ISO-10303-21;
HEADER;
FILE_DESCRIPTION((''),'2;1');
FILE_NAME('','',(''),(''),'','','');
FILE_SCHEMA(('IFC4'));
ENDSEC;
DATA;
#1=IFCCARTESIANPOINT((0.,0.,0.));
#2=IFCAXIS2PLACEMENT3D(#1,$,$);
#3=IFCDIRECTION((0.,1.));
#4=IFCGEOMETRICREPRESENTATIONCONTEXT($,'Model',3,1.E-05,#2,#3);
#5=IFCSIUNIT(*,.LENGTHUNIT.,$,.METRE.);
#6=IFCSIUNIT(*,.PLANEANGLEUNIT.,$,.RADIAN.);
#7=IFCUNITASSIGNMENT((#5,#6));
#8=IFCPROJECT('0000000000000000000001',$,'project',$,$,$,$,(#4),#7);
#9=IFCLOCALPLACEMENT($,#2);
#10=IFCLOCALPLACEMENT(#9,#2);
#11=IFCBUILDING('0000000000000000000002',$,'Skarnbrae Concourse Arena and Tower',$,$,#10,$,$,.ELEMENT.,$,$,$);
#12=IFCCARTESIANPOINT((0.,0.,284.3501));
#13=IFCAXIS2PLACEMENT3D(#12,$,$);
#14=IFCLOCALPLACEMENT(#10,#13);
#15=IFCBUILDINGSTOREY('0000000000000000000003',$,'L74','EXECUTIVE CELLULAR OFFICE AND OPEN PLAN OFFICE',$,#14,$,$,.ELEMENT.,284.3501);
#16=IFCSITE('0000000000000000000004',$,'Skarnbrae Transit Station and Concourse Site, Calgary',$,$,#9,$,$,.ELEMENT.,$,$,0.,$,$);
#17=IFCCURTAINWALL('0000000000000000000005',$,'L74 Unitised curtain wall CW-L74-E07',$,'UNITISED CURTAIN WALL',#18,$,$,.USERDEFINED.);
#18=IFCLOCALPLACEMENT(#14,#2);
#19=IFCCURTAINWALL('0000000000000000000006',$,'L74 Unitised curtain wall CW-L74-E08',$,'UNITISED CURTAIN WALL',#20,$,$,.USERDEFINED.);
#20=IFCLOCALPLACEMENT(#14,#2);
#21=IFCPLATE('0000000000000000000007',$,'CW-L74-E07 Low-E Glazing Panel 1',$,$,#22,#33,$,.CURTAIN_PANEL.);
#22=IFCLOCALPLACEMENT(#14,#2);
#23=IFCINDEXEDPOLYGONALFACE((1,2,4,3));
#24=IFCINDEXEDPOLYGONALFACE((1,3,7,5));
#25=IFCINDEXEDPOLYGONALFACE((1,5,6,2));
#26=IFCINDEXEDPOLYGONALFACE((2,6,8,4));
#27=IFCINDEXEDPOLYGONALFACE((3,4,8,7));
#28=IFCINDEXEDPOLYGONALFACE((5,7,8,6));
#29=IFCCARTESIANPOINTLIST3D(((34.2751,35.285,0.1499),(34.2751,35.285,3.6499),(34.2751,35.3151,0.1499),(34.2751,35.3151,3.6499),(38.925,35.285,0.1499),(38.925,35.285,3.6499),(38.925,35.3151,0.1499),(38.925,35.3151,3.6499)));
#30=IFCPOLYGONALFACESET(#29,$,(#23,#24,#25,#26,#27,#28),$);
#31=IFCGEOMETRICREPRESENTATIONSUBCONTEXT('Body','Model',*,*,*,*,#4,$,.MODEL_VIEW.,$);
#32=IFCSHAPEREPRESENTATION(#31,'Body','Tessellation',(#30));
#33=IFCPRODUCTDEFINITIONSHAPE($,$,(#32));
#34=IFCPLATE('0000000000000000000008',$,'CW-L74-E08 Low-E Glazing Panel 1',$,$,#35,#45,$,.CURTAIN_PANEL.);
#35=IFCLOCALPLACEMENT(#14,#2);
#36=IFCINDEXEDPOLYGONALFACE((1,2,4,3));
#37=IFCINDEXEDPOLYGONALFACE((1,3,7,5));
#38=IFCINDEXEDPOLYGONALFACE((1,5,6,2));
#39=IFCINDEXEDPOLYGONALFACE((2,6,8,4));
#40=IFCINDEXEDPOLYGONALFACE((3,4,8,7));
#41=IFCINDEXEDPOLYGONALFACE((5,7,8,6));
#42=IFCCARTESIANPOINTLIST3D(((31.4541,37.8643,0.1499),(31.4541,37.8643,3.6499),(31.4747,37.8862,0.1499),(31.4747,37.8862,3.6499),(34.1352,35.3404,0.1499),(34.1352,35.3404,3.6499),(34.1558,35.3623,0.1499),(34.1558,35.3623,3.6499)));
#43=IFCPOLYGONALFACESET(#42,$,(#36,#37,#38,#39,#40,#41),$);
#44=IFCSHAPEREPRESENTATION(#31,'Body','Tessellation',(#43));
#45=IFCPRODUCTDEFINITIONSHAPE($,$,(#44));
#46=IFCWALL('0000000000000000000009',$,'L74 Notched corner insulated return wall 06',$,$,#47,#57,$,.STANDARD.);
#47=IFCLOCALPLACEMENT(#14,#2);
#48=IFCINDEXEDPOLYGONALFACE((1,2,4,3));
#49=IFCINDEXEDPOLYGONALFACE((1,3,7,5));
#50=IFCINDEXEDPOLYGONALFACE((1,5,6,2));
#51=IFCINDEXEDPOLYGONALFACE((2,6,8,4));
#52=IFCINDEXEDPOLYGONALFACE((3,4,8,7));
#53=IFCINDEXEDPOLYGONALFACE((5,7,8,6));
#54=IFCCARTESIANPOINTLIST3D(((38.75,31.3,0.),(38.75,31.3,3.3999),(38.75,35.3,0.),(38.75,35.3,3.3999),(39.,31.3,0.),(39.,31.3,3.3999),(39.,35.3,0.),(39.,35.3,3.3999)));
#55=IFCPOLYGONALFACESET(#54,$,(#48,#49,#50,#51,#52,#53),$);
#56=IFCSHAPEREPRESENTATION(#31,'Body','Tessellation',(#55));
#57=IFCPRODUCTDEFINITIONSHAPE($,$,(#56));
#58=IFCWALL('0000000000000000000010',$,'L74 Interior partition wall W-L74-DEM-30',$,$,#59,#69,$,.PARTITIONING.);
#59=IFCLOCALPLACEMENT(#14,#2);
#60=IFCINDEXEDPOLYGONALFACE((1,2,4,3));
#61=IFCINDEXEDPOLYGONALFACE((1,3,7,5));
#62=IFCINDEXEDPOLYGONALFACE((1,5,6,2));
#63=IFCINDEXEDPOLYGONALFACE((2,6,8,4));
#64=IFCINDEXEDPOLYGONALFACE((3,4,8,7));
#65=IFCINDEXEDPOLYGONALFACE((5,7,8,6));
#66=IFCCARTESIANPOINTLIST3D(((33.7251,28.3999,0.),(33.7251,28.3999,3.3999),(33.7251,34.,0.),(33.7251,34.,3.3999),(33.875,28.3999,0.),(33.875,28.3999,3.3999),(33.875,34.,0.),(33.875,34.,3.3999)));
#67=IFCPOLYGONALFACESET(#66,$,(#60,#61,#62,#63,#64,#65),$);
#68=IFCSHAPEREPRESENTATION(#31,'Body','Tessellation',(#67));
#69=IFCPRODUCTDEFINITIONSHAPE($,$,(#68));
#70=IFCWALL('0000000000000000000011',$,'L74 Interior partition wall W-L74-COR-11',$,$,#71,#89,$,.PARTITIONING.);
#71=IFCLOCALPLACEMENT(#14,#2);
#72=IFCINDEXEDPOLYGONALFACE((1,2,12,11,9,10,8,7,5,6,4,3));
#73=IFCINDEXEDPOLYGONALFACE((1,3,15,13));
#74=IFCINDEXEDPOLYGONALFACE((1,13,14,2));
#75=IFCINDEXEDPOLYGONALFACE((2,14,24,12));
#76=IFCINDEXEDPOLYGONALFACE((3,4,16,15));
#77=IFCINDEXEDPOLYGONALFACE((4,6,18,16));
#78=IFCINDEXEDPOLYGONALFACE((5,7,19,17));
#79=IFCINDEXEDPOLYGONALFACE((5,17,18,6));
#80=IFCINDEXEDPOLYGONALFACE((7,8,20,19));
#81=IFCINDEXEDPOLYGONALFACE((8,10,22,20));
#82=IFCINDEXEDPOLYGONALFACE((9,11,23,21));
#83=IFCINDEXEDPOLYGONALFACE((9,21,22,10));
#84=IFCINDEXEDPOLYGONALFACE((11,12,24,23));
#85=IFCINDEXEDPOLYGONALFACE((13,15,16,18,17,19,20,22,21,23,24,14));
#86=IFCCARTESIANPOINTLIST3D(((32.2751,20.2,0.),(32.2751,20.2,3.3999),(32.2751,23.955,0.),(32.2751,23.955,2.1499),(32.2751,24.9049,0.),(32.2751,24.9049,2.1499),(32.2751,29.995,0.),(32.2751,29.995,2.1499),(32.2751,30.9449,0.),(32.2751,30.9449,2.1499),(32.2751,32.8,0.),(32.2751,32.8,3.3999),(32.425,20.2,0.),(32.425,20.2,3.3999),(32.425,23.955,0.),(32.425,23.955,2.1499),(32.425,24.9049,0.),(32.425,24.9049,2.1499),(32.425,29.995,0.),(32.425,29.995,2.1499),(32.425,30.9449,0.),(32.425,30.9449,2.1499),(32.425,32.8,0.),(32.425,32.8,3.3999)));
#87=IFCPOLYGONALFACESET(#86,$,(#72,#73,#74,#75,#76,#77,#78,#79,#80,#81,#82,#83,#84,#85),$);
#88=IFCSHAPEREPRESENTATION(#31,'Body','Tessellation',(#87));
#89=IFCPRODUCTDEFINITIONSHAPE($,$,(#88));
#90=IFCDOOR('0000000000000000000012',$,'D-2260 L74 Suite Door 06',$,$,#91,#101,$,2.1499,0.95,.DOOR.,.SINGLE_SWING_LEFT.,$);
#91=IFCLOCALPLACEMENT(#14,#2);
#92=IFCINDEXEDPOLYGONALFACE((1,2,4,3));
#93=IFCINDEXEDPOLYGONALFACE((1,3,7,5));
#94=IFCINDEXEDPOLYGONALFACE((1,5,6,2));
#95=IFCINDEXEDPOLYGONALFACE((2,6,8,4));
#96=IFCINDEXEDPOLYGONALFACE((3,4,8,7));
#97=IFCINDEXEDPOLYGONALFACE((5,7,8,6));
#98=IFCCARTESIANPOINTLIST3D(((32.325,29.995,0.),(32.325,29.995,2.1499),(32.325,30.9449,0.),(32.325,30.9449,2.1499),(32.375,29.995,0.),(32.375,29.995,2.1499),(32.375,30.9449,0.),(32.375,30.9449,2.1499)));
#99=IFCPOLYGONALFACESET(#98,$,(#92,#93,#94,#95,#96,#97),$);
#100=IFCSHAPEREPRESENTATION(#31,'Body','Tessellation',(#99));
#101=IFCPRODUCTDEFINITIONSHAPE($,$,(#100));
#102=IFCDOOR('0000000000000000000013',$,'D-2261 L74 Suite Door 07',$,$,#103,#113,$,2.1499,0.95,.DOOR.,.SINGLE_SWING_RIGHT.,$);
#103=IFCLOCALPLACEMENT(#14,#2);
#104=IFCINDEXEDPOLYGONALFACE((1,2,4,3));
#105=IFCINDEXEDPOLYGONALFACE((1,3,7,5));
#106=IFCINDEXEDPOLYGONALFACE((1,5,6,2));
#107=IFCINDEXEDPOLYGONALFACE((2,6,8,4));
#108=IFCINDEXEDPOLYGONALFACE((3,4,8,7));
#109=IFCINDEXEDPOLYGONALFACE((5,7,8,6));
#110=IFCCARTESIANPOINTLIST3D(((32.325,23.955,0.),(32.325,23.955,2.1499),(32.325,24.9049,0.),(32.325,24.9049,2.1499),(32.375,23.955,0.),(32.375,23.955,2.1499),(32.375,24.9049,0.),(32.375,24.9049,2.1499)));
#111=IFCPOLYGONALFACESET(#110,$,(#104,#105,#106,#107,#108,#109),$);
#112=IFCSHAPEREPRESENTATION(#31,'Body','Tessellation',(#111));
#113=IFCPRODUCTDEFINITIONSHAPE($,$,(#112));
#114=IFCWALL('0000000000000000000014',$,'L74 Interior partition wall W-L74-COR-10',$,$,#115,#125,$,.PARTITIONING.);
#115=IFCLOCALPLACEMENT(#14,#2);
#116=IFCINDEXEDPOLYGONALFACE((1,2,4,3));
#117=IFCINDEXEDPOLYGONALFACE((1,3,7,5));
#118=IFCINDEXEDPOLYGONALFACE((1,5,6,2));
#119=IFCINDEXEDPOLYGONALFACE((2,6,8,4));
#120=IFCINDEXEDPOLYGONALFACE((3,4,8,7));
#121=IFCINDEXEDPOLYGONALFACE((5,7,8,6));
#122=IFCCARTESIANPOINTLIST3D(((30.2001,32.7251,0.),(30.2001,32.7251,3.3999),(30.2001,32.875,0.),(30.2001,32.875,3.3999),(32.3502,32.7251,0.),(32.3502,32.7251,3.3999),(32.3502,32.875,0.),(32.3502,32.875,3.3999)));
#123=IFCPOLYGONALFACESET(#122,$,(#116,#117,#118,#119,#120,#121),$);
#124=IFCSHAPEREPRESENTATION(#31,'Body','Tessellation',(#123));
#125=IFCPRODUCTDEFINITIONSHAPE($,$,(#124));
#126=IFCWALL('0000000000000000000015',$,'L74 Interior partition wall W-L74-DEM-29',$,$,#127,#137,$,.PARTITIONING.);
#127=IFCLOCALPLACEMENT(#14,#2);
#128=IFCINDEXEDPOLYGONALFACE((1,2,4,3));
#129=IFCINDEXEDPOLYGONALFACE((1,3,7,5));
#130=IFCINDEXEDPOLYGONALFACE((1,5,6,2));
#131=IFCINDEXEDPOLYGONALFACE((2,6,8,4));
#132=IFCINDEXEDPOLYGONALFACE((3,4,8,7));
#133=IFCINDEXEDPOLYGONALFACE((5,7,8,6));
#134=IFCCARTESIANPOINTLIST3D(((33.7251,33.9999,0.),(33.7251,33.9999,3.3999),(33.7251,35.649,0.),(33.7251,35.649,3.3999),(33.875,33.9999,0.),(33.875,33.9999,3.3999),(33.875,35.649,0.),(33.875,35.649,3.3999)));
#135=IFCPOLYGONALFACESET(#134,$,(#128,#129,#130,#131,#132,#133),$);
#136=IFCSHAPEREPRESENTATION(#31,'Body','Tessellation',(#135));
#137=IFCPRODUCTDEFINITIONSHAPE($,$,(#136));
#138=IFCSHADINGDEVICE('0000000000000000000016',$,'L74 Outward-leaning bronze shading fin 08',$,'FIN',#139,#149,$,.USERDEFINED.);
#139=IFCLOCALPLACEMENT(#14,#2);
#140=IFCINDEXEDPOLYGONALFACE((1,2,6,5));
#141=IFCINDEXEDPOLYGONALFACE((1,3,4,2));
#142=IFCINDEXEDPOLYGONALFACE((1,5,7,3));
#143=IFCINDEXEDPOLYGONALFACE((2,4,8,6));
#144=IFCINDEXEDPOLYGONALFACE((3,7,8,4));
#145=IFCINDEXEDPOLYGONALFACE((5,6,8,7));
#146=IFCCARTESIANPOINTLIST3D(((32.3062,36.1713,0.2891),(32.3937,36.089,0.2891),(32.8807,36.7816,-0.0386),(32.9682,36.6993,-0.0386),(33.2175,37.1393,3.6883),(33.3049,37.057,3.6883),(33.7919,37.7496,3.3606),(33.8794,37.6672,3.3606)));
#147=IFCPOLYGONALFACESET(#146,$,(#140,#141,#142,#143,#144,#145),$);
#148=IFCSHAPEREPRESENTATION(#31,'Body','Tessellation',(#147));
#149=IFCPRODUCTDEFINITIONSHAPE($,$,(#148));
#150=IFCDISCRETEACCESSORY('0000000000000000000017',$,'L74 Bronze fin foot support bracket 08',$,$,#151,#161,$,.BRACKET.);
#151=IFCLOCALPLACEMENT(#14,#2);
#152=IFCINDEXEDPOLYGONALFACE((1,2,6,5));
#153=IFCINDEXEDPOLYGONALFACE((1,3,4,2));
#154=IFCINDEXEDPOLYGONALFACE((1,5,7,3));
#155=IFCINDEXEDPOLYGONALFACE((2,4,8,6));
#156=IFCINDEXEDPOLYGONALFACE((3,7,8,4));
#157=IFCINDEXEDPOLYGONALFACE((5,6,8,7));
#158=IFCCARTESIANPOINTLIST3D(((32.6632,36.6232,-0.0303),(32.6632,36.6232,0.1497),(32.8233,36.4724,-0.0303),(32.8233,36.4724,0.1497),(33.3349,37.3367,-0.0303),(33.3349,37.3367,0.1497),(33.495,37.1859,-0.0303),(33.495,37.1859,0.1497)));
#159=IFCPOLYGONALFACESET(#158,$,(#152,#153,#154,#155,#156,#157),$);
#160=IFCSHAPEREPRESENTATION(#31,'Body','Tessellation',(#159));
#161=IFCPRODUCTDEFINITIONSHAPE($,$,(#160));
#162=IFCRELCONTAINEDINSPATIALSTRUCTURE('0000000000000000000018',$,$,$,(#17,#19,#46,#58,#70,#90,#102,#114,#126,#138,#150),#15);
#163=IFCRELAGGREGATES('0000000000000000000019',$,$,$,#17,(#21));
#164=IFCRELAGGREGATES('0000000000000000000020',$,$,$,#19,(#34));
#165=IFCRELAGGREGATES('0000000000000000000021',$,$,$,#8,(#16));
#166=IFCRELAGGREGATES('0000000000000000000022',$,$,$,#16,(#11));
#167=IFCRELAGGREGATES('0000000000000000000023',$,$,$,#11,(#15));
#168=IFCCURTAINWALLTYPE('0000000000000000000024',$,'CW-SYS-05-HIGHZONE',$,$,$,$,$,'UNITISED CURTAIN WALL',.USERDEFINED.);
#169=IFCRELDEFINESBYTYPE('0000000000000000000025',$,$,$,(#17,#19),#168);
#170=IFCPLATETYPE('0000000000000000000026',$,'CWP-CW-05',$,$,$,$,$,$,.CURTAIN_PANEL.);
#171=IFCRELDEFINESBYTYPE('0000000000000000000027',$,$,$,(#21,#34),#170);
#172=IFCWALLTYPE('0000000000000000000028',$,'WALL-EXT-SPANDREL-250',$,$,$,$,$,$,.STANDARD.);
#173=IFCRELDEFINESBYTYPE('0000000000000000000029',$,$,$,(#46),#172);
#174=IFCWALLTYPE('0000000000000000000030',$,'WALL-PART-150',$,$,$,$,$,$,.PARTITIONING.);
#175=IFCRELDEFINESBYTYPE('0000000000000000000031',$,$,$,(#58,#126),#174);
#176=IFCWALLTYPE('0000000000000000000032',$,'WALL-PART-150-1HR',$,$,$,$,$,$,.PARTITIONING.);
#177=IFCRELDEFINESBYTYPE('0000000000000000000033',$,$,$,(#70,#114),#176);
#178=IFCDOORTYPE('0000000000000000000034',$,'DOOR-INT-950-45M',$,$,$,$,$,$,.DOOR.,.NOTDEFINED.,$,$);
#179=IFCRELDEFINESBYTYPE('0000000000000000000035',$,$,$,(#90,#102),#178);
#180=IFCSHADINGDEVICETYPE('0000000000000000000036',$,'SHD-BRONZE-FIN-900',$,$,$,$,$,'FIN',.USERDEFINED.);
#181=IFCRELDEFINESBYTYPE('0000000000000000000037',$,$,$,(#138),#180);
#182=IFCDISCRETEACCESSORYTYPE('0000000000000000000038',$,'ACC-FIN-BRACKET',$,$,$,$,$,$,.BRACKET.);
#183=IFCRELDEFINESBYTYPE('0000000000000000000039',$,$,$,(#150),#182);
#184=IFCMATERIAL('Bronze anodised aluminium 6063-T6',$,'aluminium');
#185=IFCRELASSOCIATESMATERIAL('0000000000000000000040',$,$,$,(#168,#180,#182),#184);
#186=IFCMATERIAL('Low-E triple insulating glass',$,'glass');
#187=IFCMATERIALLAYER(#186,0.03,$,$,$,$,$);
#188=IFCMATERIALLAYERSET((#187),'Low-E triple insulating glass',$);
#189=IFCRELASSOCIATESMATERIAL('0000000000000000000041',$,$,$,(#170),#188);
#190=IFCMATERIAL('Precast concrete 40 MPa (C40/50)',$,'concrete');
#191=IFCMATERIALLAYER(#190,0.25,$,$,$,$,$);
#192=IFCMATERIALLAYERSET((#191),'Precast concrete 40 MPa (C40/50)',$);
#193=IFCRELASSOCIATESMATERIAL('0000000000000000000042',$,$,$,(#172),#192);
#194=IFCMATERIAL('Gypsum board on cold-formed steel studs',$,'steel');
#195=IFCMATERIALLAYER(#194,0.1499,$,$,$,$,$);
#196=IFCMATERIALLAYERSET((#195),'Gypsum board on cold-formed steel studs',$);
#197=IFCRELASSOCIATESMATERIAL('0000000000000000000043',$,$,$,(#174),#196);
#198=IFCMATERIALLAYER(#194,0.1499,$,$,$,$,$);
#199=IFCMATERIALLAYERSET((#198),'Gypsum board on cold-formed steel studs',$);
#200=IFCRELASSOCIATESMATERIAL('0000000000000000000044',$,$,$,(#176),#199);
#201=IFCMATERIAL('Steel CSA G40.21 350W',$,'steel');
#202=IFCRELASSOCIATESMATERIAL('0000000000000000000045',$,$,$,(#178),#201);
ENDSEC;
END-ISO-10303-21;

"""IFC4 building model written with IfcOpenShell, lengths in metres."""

from ifc_helpers import new_model, si_unit, direction, frame, frame_2d, origin, origin_2d, place, context, subcontext, project, spatial, rectangle, extrude, source, transform, mapped, material, layer, layer_set, type_object, element, fill, aggregate, save


model = new_model("IFC4")

# Units and contexts
model_context = context("Model", 3, precision=1e-05, world=origin(), true_north=direction((0.0, 1.0)))
body_context = subcontext(model_context, "Body", "Model", "MODEL_VIEW")
ifc_project = project(units=[si_unit("LENGTHUNIT", "METRE"), si_unit("PLANEANGLEUNIT", "RADIAN")], contexts=[model_context])

# Site, building, storey
site_placement = place(None, origin())
site = spatial("IfcSite", under=ifc_project, at=site_placement, Name="Skarnbrae Transit Station and Concourse Site, Calgary", CompositionType="ELEMENT", RefElevation=0.0)
building_placement = place(site_placement, origin())
building = spatial("IfcBuilding", under=site, at=building_placement, Name="Skarnbrae Concourse Arena and Tower", CompositionType="ELEMENT")
storey_placement = place(building_placement, frame((0.0, 0.0, 284.3501)))
storey = spatial("IfcBuildingStorey", under=building, at=storey_placement, Name="L74", Description="EXECUTIVE CELLULAR OFFICE AND OPEN PLAN OFFICE", CompositionType="ELEMENT", Elevation=284.3501)

# Shared definitions
ifc_material_1 = material(Name="Steel CSA G40.21 350W", Category="steel")

# Shared definitions
ifc_material_2 = material(Name="Bronze anodised aluminium 6063-T6", Category="aluminium")
curtain_wall_type = type_object("IfcCurtainWallType", Name="CW-SYS-05-HIGHZONE", ElementType="UNITISED CURTAIN WALL", PredefinedType="USERDEFINED", material=ifc_material_2)

# Curtain walls
curtain_wall_1_placement = place(storey_placement, origin())
curtain_wall_1 = element("IfcCurtainWall", 1, at=curtain_wall_1_placement, inside=storey, type_object=curtain_wall_type, Name="L74 Unitised curtain wall CW-L74-E07", ObjectType="UNITISED CURTAIN WALL", PredefinedType="USERDEFINED")
curtain_wall_2_placement = place(storey_placement, origin())
curtain_wall_2 = element("IfcCurtainWall", 2, at=curtain_wall_2_placement, inside=storey, type_object=curtain_wall_type, Name="L74 Unitised curtain wall CW-L74-E08", ObjectType="UNITISED CURTAIN WALL", PredefinedType="USERDEFINED")

# Plates
ifc_material_3 = material(Name="Low-E triple insulating glass", Category="glass")
ifc_layer_1 = layer(ifc_material_3, 0.03)
ifc_layer_set_1 = layer_set([ifc_layer_1], Name="Low-E triple insulating glass")
plate_type = type_object("IfcPlateType", Name="CWP-CW-05", PredefinedType="CURTAIN_PANEL", material=ifc_layer_set_1)
shared_shape_1 = source(origin(), body_context, "Body", "SweptSolid", [
    extrude(rectangle(XDim=4.6499, YDim=0.03, at=origin_2d()), origin(), (0.0, 0.0, 1.0), 3.5),
])
plate_1_placement = place(storey_placement, frame((36.6001, 35.3, 0.1499), z_axis=(0.0, 0.0, 1.0), x_axis=(-1.0, 0.0, 0.0)))
plate_1 = element("IfcPlate", 3, at=plate_1_placement, type_object=plate_type, Name="CW-L74-E07 Low-E Glazing Panel 1", PredefinedType="CURTAIN_PANEL", context=body_context, shape_type="MappedRepresentation", body=[
    mapped(shared_shape_1, transform((0.0, 0.0, 0.0))),
])
aggregate(curtain_wall_1, [plate_1])
shared_shape_2 = source(origin(), body_context, "Body", "SweptSolid", [
    extrude(rectangle(XDim=3.6821, YDim=0.03, at=origin_2d()), origin(), (0.0, 0.0, 1.0), 3.5),
])
plate_2_placement = place(storey_placement, frame((32.8049, 36.6133, 0.1499), z_axis=(0.0, 0.0, 1.0), x_axis=(-0.728131, 0.685438, 0.0)))
plate_2 = element("IfcPlate", 4, at=plate_2_placement, type_object=plate_type, Name="CW-L74-E08 Low-E Glazing Panel 1", PredefinedType="CURTAIN_PANEL", context=body_context, shape_type="MappedRepresentation", body=[
    mapped(shared_shape_2, transform((0.0, 0.0, 0.0))),
])
aggregate(curtain_wall_2, [plate_2])

# Walls
ifc_material_4 = material(Name="Precast concrete 40 MPa (C40/50)", Category="concrete")
ifc_layer_2 = layer(ifc_material_4, 0.25)
ifc_layer_set_2 = layer_set([ifc_layer_2], Name="Precast concrete 40 MPa (C40/50)")
wall_type_1 = type_object("IfcWallType", Name="WALL-EXT-SPANDREL-250", PredefinedType="STANDARD", material=ifc_layer_set_2)
shared_shape_3 = source(origin(), body_context, "Body", "SweptSolid", [
    extrude(rectangle(XDim=4.0, YDim=0.25, at=frame_2d((2.0, 0.0))), origin(), (0.0, 0.0, 1.0), 3.3999),
])
wall_1_placement = place(storey_placement, frame((38.875, 31.3, 0.0), z_axis=(0.0, 0.0, 1.0), x_axis=(0.0, 1.0, 0.0)))
element("IfcWall", 5, at=wall_1_placement, inside=storey, type_object=wall_type_1, Name="L74 Notched corner insulated return wall 06", PredefinedType="STANDARD", context=body_context, shape_type="MappedRepresentation", body=[
    mapped(shared_shape_3, transform((0.0, 0.0, 0.0))),
])
ifc_material_5 = material(Name="Gypsum board on cold-formed steel studs", Category="steel")
ifc_layer_3 = layer(ifc_material_5, 0.1499)
ifc_layer_set_3 = layer_set([ifc_layer_3], Name="Gypsum board on cold-formed steel studs")
wall_type_2 = type_object("IfcWallType", Name="WALL-PART-150", PredefinedType="PARTITIONING", material=ifc_layer_set_3)
shared_shape_4 = source(origin(), body_context, "Body", "SweptSolid", [
    extrude(rectangle(XDim=5.6001, YDim=0.1499, at=frame_2d((2.8, 0.0))), origin(), (0.0, 0.0, 1.0), 3.3999),
])
wall_2_placement = place(storey_placement, frame((33.8, 34.0, 0.0), z_axis=(0.0, 0.0, 1.0), x_axis=(0.0, -1.0, 0.0)))
element("IfcWall", 6, at=wall_2_placement, inside=storey, type_object=wall_type_2, Name="L74 Interior partition wall W-L74-DEM-30", PredefinedType="PARTITIONING", context=body_context, shape_type="MappedRepresentation", body=[
    mapped(shared_shape_4, transform((0.0, 0.0, 0.0))),
])

# Wall, openings, doors
ifc_layer_4 = layer(ifc_material_5, 0.1499)
ifc_layer_set_4 = layer_set([ifc_layer_4], Name="Gypsum board on cold-formed steel studs")
wall_type_3 = type_object("IfcWallType", Name="WALL-PART-150-1HR", PredefinedType="PARTITIONING", material=ifc_layer_set_4)
shared_shape_5 = source(origin(), body_context, "Body", "SweptSolid", [
    extrude(rectangle(XDim=12.6001, YDim=0.1499, at=frame_2d((6.3, 0.0))), origin(), (0.0, 0.0, 1.0), 3.3999),
])
wall_3_placement = place(storey_placement, frame((32.3501, 32.8, 0.0), z_axis=(0.0, 0.0, 1.0), x_axis=(0.0, -1.0, 0.0)))
wall_3 = element("IfcWall", 7, at=wall_3_placement, inside=storey, type_object=wall_type_3, Name="L74 Interior partition wall W-L74-COR-11", PredefinedType="PARTITIONING", context=body_context, shape_type="MappedRepresentation", body=[
    mapped(shared_shape_5, transform((0.0, 0.0, 0.0))),
])
opening_1_placement = place(wall_3_placement, frame((1.855, 0.0, 0.0)))
opening_1 = element("IfcOpeningElement", 8, at=opening_1_placement, cuts=wall_3, PredefinedType="OPENING", context=body_context, shape_type="SweptSolid", body=[
    extrude(rectangle(XDim=0.95, YDim=2.1499, at=frame_2d((0.4751, 1.075))), frame((0.0, 0.085, 0.0), z_axis=(0.0, -1.0, 0.0), x_axis=(1.0, 0.0, 0.0)), (0.0, 0.0, 1.0), 0.1699),
])
opening_2_placement = place(wall_3_placement, frame((7.895, 0.0, 0.0)))
opening_2 = element("IfcOpeningElement", 9, at=opening_2_placement, cuts=wall_3, PredefinedType="OPENING", context=body_context, shape_type="SweptSolid", body=[
    extrude(rectangle(XDim=0.95, YDim=2.1499, at=frame_2d((0.4751, 1.075))), frame((0.0, 0.085, 0.0), z_axis=(0.0, -1.0, 0.0), x_axis=(1.0, 0.0, 0.0)), (0.0, 0.0, 1.0), 0.1699),
])
door_type = type_object("IfcDoorType", Name="DOOR-INT-950-45M", OperationType="NOTDEFINED", PredefinedType="DOOR", material=ifc_material_1)
shared_shape_6 = source(origin(), body_context, "Body", "SweptSolid", [
    extrude(rectangle(XDim=0.95, YDim=2.1499, at=frame_2d((0.4751, 1.075))), frame((0.0, 0.0249, 0.0), z_axis=(0.0, -1.0, 0.0), x_axis=(1.0, 0.0, 0.0)), (0.0, 0.0, 1.0), 0.05),
])
door_1_placement = place(opening_1_placement, origin())
door_1 = element("IfcDoor", 10, at=door_1_placement, inside=storey, type_object=door_type, Name="D-2260 L74 Suite Door 06", OperationType="SINGLE_SWING_LEFT", OverallHeight=2.1499, OverallWidth=0.95, PredefinedType="DOOR", context=body_context, shape_type="MappedRepresentation", body=[
    mapped(shared_shape_6, transform((0.0, 0.0, 0.0))),
])
fill(opening_1, door_1)
door_2_placement = place(opening_2_placement, origin())
door_2 = element("IfcDoor", 11, at=door_2_placement, inside=storey, type_object=door_type, Name="D-2261 L74 Suite Door 07", OperationType="SINGLE_SWING_RIGHT", OverallHeight=2.1499, OverallWidth=0.95, PredefinedType="DOOR", context=body_context, shape_type="MappedRepresentation", body=[
    mapped(shared_shape_6, transform((0.0, 0.0, 0.0))),
])
fill(opening_2, door_2)

# Walls
shared_shape_7 = source(origin(), body_context, "Body", "SweptSolid", [
    extrude(rectangle(XDim=2.1501, YDim=0.1499, at=frame_2d((1.0752, 0.0))), origin(), (0.0, 0.0, 1.0), 3.3999),
])
wall_4_placement = place(storey_placement, frame((30.2, 32.8, 0.0), z_axis=(0.0, 0.0, 1.0), x_axis=(1.0, 0.0, 0.0)))
element("IfcWall", 12, at=wall_4_placement, inside=storey, type_object=wall_type_3, Name="L74 Interior partition wall W-L74-COR-10", PredefinedType="PARTITIONING", context=body_context, shape_type="MappedRepresentation", body=[
    mapped(shared_shape_7, transform((0.0, 0.0, 0.0))),
])
shared_shape_8 = source(origin(), body_context, "Body", "SweptSolid", [
    extrude(rectangle(XDim=1.6492, YDim=0.1499, at=frame_2d((0.8247, 0.0))), origin(), (0.0, 0.0, 1.0), 3.3999),
])
wall_5_placement = place(storey_placement, frame((33.8, 35.6492, 0.0), z_axis=(0.0, 0.0, 1.0), x_axis=(0.0, -1.0, 0.0)))
element("IfcWall", 13, at=wall_5_placement, inside=storey, type_object=wall_type_2, Name="L74 Interior partition wall W-L74-DEM-29", PredefinedType="PARTITIONING", context=body_context, shape_type="MappedRepresentation", body=[
    mapped(shared_shape_8, transform((0.0, 0.0, 0.0))),
])

# Shading device
shading_device_type = type_object("IfcShadingDeviceType", Name="SHD-BRONZE-FIN-900", ElementType="FIN", PredefinedType="USERDEFINED", material=ifc_material_2)
shared_shape_9 = source(origin(), body_context, "Body", "SweptSolid", [
    extrude(rectangle(XDim=0.1201, YDim=0.8999, at=origin_2d()), origin(), (0.0, 0.0, 1.0), 3.6499),
])
shading_device_placement = place(storey_placement, frame((32.6372, 36.4353, 0.1252), z_axis=(0.249655, 0.265205, 0.93131), x_axis=(0.728132, -0.685437, 0.0)))
element("IfcShadingDevice", 14, at=shading_device_placement, inside=storey, type_object=shading_device_type, Name="L74 Outward-leaning bronze shading fin 08", ObjectType="FIN", PredefinedType="USERDEFINED", context=body_context, shape_type="MappedRepresentation", body=[
    mapped(shared_shape_9, transform((0.0, 0.0, 0.0))),
])

# Discrete accessory
discrete_accessory_type = type_object("IfcDiscreteAccessoryType", Name="ACC-FIN-BRACKET", PredefinedType="BRACKET", material=ifc_material_2)
shared_shape_10 = source(origin(), body_context, "Body", "SweptSolid", [
    extrude(rectangle(XDim=0.22, YDim=0.98, at=origin_2d()), origin(), (0.0, 0.0, 1.0), 0.1799),
])
discrete_accessory_placement = place(storey_placement, frame((33.0791, 36.9045, -0.0303), z_axis=(0.0, 0.0, 1.0), x_axis=(0.728132, -0.685437, 0.0)))
element("IfcDiscreteAccessory", 15, at=discrete_accessory_placement, inside=storey, type_object=discrete_accessory_type, Name="L74 Bronze fin foot support bracket 08", PredefinedType="BRACKET", context=body_context, shape_type="MappedRepresentation", body=[
    mapped(shared_shape_10, transform((0.0, 0.0, 0.0))),
])

save(model, "model.ifc")
